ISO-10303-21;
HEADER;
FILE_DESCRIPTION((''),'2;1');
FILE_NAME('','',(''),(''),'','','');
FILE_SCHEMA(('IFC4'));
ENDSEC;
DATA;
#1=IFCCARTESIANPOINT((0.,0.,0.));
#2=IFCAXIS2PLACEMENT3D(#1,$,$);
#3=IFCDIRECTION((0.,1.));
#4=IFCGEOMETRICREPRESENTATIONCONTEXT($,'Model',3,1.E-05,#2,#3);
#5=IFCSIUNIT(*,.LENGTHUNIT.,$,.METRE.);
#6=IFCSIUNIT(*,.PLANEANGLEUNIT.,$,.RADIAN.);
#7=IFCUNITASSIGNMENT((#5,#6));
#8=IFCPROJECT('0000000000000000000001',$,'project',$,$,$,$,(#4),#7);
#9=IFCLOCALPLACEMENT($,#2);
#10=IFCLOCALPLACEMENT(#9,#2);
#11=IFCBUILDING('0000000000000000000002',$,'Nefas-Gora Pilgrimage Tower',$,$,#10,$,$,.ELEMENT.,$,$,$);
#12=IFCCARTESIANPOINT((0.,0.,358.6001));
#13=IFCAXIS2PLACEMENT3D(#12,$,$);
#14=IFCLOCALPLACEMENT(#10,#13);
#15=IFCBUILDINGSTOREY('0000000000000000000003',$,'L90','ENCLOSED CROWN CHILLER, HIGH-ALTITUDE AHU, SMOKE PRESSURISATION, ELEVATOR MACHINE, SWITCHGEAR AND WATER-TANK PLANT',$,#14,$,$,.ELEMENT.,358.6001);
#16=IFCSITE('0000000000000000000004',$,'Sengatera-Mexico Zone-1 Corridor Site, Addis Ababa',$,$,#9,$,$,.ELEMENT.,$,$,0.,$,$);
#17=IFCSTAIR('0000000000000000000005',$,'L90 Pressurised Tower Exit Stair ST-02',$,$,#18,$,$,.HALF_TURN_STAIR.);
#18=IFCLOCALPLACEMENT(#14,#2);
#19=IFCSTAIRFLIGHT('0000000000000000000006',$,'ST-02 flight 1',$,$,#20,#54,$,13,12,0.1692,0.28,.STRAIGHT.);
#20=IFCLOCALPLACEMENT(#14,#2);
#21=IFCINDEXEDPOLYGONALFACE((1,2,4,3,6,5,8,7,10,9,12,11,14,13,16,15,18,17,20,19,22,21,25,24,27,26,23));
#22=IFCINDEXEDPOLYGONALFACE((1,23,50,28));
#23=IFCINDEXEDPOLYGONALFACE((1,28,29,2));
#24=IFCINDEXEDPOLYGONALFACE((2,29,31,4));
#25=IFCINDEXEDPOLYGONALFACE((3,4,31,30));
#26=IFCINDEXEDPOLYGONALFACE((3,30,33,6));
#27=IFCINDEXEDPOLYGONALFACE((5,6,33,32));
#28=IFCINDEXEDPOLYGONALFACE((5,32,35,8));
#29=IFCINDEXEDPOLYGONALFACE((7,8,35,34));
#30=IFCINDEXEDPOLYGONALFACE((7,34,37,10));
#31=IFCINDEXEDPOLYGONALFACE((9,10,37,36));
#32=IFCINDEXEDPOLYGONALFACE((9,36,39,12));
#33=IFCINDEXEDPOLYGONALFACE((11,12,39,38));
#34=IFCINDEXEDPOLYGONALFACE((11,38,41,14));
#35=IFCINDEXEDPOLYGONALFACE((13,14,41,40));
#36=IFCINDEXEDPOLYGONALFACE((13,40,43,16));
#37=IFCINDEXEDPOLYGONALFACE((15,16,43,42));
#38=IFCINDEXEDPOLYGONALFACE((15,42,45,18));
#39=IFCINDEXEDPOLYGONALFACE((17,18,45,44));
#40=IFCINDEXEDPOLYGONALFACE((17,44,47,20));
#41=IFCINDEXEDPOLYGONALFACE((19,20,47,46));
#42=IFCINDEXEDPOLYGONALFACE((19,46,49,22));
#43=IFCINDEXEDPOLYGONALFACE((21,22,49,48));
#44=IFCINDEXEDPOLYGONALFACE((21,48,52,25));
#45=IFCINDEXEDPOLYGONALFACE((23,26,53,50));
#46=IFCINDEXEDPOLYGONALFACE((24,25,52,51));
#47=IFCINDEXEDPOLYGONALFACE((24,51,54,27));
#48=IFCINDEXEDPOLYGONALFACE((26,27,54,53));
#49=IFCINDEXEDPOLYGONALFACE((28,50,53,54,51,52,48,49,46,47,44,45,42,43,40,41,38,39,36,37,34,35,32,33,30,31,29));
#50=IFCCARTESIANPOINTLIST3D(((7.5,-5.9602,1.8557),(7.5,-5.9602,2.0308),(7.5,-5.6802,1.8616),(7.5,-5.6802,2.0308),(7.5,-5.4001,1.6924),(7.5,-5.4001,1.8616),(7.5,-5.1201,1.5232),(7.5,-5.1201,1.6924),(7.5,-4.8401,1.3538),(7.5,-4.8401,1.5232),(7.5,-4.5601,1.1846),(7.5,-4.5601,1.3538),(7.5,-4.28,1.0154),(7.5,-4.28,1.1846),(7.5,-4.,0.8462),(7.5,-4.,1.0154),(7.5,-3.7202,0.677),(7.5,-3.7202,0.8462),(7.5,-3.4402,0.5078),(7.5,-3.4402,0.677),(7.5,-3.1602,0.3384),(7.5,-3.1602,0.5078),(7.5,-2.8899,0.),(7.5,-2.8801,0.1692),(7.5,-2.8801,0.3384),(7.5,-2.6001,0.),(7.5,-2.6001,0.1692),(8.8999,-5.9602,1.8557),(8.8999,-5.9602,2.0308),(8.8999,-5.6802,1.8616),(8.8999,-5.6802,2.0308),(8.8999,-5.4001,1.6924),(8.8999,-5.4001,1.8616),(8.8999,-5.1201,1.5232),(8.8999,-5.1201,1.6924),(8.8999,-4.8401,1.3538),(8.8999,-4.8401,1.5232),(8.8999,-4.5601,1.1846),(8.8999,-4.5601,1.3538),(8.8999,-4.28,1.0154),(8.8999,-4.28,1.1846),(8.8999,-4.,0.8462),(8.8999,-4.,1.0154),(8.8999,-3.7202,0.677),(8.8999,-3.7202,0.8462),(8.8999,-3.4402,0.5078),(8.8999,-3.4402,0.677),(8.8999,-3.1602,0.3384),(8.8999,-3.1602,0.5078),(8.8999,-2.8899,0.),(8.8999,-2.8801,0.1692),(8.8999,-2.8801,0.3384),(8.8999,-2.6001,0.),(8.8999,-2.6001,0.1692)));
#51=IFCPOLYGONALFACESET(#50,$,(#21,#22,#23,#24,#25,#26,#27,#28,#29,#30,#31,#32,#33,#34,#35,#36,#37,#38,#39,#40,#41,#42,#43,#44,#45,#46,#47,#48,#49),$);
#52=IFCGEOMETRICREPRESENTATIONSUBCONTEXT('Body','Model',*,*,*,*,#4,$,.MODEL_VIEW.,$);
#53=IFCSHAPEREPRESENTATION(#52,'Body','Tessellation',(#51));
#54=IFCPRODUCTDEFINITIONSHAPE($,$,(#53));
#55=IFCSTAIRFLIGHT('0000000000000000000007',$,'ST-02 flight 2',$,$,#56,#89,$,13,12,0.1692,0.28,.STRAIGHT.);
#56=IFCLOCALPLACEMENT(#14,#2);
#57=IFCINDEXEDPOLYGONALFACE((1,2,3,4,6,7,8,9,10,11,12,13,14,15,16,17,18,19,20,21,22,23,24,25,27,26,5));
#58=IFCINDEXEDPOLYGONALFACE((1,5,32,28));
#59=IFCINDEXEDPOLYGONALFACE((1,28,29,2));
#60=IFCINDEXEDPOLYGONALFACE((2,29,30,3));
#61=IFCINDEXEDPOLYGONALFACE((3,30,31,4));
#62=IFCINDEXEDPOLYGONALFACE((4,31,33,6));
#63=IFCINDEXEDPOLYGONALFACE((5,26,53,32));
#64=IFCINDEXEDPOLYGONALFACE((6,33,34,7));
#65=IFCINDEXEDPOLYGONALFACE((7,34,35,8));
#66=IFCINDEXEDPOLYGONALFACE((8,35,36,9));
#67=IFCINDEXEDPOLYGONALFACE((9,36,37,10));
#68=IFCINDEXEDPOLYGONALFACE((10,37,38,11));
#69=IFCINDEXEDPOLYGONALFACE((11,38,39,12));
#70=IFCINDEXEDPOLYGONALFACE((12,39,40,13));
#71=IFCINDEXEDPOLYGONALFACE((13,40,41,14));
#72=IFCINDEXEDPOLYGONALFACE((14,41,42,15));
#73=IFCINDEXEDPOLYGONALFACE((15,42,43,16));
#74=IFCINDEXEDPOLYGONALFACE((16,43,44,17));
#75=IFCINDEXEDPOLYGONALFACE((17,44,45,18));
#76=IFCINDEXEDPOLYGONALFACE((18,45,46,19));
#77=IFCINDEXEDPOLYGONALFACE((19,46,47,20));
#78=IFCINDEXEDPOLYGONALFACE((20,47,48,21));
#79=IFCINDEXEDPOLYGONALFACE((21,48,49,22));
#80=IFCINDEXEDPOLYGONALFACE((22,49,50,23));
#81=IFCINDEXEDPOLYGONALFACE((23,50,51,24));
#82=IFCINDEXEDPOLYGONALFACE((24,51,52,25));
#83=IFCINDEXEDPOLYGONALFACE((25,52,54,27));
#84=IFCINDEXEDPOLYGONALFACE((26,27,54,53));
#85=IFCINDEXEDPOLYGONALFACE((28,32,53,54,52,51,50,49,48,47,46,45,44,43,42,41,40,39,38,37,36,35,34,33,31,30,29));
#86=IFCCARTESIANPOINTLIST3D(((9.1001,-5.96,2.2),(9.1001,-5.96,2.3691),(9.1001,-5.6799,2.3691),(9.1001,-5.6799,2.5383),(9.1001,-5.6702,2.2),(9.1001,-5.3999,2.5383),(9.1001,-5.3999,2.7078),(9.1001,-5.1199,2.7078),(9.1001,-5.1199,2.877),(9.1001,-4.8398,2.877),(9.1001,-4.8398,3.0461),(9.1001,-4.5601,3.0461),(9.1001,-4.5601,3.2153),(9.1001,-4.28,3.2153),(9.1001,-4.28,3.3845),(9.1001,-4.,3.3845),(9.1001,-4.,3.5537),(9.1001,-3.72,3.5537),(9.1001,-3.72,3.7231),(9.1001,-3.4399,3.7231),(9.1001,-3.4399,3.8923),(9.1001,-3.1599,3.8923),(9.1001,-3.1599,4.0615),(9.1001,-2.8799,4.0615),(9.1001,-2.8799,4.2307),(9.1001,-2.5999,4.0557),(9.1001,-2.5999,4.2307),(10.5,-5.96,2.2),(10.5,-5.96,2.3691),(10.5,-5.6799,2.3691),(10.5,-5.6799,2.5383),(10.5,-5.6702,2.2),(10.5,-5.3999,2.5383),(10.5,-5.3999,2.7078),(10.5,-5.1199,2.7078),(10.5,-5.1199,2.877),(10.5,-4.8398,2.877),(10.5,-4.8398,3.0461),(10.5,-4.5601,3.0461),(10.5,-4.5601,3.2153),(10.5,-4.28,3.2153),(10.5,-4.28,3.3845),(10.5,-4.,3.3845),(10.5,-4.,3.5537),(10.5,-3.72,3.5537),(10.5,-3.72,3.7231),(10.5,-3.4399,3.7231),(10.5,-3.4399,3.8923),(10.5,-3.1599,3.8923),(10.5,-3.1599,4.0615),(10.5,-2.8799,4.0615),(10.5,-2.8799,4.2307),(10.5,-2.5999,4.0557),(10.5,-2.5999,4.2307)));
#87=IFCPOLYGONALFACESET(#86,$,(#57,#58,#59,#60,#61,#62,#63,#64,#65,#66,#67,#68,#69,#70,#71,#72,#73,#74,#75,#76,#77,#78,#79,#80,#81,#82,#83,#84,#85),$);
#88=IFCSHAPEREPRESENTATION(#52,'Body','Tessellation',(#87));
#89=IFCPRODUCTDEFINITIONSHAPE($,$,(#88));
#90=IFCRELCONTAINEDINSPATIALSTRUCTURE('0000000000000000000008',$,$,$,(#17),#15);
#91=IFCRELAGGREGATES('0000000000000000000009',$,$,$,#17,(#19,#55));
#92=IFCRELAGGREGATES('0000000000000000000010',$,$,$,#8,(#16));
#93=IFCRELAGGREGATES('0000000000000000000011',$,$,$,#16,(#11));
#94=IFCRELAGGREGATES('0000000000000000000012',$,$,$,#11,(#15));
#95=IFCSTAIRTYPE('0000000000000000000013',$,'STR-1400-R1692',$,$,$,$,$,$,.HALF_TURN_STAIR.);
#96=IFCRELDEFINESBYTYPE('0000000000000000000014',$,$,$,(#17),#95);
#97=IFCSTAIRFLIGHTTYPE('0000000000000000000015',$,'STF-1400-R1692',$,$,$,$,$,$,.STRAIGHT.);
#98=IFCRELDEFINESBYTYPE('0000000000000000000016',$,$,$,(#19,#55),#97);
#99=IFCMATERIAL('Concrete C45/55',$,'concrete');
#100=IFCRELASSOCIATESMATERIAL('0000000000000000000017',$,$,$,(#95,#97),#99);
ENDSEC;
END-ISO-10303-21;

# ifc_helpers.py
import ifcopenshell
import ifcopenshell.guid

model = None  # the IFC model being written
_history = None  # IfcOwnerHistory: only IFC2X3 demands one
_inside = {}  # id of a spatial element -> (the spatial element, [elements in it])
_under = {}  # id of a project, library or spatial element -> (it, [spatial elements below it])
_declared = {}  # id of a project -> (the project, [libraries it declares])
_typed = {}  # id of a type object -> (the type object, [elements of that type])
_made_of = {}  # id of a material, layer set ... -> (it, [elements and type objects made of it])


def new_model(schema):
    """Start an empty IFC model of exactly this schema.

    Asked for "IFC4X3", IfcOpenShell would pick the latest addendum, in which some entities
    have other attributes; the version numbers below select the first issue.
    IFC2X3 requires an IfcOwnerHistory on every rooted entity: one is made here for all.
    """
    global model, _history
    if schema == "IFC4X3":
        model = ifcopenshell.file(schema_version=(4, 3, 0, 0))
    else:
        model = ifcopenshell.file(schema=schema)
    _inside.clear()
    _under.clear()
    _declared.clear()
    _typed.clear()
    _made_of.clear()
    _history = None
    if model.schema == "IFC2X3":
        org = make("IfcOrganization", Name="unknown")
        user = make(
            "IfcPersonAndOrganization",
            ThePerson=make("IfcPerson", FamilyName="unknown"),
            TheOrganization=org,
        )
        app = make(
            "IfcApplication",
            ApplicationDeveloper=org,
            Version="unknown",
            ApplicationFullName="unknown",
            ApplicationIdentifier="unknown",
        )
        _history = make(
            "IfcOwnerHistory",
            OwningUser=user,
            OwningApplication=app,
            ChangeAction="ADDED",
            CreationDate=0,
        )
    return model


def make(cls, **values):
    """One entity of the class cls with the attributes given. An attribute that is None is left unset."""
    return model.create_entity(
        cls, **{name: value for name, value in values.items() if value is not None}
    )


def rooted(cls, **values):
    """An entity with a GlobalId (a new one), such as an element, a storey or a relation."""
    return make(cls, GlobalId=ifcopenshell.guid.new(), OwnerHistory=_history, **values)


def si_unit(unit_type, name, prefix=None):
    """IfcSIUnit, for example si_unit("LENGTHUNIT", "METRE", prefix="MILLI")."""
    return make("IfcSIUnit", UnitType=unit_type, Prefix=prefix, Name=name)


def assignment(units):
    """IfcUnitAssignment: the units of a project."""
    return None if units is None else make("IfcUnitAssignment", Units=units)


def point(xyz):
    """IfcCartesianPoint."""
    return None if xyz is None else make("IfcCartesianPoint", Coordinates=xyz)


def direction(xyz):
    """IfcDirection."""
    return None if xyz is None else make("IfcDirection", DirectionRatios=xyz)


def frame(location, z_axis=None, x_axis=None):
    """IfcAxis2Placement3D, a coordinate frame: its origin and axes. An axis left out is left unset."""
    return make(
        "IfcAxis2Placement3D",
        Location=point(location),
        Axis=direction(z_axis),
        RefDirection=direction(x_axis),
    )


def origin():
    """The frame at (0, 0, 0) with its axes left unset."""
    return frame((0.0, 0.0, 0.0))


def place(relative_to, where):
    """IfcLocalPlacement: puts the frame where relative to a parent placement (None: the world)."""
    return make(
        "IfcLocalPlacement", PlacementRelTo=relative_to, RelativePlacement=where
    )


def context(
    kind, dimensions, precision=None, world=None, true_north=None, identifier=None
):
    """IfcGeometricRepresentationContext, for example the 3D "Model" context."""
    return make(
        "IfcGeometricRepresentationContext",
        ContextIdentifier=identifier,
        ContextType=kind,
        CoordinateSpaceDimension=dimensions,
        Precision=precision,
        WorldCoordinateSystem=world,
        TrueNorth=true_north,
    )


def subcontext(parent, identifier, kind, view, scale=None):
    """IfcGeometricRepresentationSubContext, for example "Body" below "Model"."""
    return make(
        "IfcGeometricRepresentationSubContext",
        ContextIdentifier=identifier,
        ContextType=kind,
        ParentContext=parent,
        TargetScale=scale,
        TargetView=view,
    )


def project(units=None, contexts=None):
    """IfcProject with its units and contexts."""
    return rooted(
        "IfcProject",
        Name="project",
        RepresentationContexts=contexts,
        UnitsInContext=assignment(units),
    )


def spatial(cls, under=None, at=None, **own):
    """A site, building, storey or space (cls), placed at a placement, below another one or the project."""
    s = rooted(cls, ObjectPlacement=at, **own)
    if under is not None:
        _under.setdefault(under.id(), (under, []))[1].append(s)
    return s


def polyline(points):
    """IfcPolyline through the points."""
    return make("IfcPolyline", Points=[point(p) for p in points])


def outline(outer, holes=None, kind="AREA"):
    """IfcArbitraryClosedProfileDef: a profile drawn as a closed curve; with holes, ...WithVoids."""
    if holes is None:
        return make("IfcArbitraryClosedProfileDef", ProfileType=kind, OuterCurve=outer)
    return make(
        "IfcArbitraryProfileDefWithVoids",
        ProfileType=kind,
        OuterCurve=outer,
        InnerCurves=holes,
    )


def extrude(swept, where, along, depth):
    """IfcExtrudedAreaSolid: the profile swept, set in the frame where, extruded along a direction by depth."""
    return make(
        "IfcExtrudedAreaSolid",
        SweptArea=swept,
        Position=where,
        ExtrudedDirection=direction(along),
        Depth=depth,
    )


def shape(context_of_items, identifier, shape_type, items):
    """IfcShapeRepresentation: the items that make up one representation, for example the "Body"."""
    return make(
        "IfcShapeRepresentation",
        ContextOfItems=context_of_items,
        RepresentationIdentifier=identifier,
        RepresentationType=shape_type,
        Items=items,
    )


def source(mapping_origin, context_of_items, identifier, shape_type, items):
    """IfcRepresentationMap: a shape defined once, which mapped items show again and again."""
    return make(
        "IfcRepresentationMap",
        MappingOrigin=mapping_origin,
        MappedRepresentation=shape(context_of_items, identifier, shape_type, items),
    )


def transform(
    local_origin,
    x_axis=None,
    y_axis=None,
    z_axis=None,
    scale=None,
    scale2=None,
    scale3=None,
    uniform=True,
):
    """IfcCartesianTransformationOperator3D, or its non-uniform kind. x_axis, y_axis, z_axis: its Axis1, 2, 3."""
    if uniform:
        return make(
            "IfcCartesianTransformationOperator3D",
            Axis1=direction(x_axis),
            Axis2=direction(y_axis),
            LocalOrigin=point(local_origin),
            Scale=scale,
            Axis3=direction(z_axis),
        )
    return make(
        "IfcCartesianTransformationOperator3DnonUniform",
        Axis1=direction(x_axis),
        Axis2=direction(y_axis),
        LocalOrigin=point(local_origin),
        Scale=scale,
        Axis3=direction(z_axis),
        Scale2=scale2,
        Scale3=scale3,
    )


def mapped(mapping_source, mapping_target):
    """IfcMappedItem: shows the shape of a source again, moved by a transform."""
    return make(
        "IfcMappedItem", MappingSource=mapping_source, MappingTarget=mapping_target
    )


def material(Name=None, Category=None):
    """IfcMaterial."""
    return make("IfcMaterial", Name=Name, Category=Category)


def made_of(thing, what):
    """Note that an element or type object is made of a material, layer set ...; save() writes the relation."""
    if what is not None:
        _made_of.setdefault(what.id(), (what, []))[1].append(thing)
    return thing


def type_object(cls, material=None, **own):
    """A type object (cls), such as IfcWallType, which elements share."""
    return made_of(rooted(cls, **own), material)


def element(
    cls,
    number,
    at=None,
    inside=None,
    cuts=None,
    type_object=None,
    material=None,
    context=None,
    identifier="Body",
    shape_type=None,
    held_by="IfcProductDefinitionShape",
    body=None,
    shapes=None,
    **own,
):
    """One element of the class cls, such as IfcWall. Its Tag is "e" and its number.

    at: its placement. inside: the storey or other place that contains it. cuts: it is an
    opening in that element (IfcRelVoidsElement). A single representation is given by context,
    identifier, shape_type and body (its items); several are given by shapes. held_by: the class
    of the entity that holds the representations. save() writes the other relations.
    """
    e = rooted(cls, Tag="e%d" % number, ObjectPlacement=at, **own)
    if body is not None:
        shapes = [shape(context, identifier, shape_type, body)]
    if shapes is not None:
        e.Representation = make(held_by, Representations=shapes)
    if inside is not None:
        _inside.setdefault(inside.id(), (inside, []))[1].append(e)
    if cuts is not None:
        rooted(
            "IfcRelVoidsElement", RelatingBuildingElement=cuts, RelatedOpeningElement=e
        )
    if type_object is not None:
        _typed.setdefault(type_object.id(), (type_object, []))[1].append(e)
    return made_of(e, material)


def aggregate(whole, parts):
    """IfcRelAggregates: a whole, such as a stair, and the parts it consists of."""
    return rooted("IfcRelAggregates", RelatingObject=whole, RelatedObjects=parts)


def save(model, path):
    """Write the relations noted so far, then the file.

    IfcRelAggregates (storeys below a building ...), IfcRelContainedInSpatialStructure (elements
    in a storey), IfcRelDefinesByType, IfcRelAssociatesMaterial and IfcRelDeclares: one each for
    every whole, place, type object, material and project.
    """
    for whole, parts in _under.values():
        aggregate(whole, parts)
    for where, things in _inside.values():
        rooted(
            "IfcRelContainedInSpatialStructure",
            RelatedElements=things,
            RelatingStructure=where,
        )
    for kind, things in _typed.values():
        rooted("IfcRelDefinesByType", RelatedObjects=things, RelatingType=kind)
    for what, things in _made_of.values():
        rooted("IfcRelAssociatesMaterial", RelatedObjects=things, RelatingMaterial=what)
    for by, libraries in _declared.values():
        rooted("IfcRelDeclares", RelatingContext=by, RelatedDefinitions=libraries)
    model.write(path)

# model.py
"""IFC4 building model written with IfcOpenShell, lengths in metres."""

from ifc_helpers import new_model, si_unit, direction, frame, origin, place, context, subcontext, project, spatial, polyline, outline, extrude, source, transform, mapped, material, type_object, element, aggregate, save


model = new_model("IFC4")

# Units and contexts
model_context = context("Model", 3, precision=1e-05, world=origin(), true_north=direction((0.0, 1.0)))
body_context = subcontext(model_context, "Body", "Model", "MODEL_VIEW")
ifc_project = project(units=[si_unit("LENGTHUNIT", "METRE"), si_unit("PLANEANGLEUNIT", "RADIAN")], contexts=[model_context])

# Site, building, storey
site_placement = place(None, origin())
site = spatial("IfcSite", under=ifc_project, at=site_placement, Name="Sengatera-Mexico Zone-1 Corridor Site, Addis Ababa", CompositionType="ELEMENT", RefElevation=0.0)
building_placement = place(site_placement, origin())
building = spatial("IfcBuilding", under=site, at=building_placement, Name="Nefas-Gora Pilgrimage Tower", CompositionType="ELEMENT")
storey_placement = place(building_placement, frame((0.0, 0.0, 358.6001)))
storey = spatial("IfcBuildingStorey", under=building, at=storey_placement, Name="L90", Description="ENCLOSED CROWN CHILLER, HIGH-ALTITUDE AHU, SMOKE PRESSURISATION, ELEVATOR MACHINE, SWITCHGEAR AND WATER-TANK PLANT", CompositionType="ELEMENT", Elevation=358.6001)

# Shared definitions
ifc_material_1 = material(Name="Concrete C45/55", Category="concrete")

# Stair, stair flights
stair_type = type_object("IfcStairType", Name="STR-1400-R1692", PredefinedType="HALF_TURN_STAIR", material=ifc_material_1)
stair_placement = place(storey_placement, origin())
stair = element("IfcStair", 1, at=stair_placement, inside=storey, type_object=stair_type, Name="L90 Pressurised Tower Exit Stair ST-02", PredefinedType="HALF_TURN_STAIR")
stair_flight_type = type_object("IfcStairFlightType", Name="STF-1400-R1692", PredefinedType="STRAIGHT", material=ifc_material_1)
shared_shape_1 = source(origin(), body_context, "Body", "SweptSolid", [
    extrude(outline(polyline([(0.0, 0.0), (0.0, 0.1692), (0.28, 0.1692), (0.28, 0.3384), (0.5601, 0.3384), (0.5601, 0.5078), (0.8401, 0.5078), (0.8401, 0.677), (1.1201, 0.677), (1.1201, 0.8462), (1.3999, 0.8462), (1.3999, 1.0154), (1.6799, 1.0154), (1.6799, 1.1846), (1.96, 1.1846), (1.96, 1.3538), (2.24, 1.3538), (2.24, 1.5232), (2.52, 1.5232), (2.52, 1.6924), (2.8, 1.6924), (2.8, 1.8616), (3.0801, 1.8616), (3.0801, 2.0308), (3.3601, 2.0308), (3.3601, 2.2), (3.3601, 1.8557), (0.2898, 0.0), (0.0, 0.0)])), frame((0.0, 0.7, 0.0), z_axis=(0.0, -1.0, 0.0), x_axis=(1.0, 0.0, 0.0)), (0.0, 0.0, 1.0), 1.3999),
])
stair_flight_1_placement = place(storey_placement, frame((8.2, -2.6001, 0.0), z_axis=(0.0, 0.0, 1.0), x_axis=(0.0, -1.0, 0.0)))
stair_flight_1 = element("IfcStairFlight", 2, at=stair_flight_1_placement, type_object=stair_flight_type, Name="ST-02 flight 1", NumberOfRisers=13, NumberOfTreads=12, PredefinedType="STRAIGHT", RiserHeight=0.1692, TreadLength=0.28, context=body_context, shape_type="MappedRepresentation", body=[
    mapped(shared_shape_1, transform((0.0, 0.0, 0.0), x_axis=(1.0, 0.0, 0.0), y_axis=(0.0, 1.0, 0.0), z_axis=(0.0, 0.0, 1.0), scale=1.0)),
])
stair_flight_2_placement = place(storey_placement, frame((9.8, -5.96, 2.2), z_axis=(0.0, 0.0, 1.0), x_axis=(0.0, 1.0, 0.0)))
stair_flight_2 = element("IfcStairFlight", 3, at=stair_flight_2_placement, type_object=stair_flight_type, Name="ST-02 flight 2", NumberOfRisers=13, NumberOfTreads=12, PredefinedType="STRAIGHT", RiserHeight=0.1692, TreadLength=0.28, context=body_context, shape_type="MappedRepresentation", body=[
    mapped(shared_shape_1, transform((0.0, 0.0, 0.0), x_axis=(1.0, 0.0, 0.0), y_axis=(0.0, 1.0, 0.0), z_axis=(0.0, 0.0, 1.0), scale=1.0)),
])
aggregate(stair, [stair_flight_1, stair_flight_2])

save(model, "model.ifc")
